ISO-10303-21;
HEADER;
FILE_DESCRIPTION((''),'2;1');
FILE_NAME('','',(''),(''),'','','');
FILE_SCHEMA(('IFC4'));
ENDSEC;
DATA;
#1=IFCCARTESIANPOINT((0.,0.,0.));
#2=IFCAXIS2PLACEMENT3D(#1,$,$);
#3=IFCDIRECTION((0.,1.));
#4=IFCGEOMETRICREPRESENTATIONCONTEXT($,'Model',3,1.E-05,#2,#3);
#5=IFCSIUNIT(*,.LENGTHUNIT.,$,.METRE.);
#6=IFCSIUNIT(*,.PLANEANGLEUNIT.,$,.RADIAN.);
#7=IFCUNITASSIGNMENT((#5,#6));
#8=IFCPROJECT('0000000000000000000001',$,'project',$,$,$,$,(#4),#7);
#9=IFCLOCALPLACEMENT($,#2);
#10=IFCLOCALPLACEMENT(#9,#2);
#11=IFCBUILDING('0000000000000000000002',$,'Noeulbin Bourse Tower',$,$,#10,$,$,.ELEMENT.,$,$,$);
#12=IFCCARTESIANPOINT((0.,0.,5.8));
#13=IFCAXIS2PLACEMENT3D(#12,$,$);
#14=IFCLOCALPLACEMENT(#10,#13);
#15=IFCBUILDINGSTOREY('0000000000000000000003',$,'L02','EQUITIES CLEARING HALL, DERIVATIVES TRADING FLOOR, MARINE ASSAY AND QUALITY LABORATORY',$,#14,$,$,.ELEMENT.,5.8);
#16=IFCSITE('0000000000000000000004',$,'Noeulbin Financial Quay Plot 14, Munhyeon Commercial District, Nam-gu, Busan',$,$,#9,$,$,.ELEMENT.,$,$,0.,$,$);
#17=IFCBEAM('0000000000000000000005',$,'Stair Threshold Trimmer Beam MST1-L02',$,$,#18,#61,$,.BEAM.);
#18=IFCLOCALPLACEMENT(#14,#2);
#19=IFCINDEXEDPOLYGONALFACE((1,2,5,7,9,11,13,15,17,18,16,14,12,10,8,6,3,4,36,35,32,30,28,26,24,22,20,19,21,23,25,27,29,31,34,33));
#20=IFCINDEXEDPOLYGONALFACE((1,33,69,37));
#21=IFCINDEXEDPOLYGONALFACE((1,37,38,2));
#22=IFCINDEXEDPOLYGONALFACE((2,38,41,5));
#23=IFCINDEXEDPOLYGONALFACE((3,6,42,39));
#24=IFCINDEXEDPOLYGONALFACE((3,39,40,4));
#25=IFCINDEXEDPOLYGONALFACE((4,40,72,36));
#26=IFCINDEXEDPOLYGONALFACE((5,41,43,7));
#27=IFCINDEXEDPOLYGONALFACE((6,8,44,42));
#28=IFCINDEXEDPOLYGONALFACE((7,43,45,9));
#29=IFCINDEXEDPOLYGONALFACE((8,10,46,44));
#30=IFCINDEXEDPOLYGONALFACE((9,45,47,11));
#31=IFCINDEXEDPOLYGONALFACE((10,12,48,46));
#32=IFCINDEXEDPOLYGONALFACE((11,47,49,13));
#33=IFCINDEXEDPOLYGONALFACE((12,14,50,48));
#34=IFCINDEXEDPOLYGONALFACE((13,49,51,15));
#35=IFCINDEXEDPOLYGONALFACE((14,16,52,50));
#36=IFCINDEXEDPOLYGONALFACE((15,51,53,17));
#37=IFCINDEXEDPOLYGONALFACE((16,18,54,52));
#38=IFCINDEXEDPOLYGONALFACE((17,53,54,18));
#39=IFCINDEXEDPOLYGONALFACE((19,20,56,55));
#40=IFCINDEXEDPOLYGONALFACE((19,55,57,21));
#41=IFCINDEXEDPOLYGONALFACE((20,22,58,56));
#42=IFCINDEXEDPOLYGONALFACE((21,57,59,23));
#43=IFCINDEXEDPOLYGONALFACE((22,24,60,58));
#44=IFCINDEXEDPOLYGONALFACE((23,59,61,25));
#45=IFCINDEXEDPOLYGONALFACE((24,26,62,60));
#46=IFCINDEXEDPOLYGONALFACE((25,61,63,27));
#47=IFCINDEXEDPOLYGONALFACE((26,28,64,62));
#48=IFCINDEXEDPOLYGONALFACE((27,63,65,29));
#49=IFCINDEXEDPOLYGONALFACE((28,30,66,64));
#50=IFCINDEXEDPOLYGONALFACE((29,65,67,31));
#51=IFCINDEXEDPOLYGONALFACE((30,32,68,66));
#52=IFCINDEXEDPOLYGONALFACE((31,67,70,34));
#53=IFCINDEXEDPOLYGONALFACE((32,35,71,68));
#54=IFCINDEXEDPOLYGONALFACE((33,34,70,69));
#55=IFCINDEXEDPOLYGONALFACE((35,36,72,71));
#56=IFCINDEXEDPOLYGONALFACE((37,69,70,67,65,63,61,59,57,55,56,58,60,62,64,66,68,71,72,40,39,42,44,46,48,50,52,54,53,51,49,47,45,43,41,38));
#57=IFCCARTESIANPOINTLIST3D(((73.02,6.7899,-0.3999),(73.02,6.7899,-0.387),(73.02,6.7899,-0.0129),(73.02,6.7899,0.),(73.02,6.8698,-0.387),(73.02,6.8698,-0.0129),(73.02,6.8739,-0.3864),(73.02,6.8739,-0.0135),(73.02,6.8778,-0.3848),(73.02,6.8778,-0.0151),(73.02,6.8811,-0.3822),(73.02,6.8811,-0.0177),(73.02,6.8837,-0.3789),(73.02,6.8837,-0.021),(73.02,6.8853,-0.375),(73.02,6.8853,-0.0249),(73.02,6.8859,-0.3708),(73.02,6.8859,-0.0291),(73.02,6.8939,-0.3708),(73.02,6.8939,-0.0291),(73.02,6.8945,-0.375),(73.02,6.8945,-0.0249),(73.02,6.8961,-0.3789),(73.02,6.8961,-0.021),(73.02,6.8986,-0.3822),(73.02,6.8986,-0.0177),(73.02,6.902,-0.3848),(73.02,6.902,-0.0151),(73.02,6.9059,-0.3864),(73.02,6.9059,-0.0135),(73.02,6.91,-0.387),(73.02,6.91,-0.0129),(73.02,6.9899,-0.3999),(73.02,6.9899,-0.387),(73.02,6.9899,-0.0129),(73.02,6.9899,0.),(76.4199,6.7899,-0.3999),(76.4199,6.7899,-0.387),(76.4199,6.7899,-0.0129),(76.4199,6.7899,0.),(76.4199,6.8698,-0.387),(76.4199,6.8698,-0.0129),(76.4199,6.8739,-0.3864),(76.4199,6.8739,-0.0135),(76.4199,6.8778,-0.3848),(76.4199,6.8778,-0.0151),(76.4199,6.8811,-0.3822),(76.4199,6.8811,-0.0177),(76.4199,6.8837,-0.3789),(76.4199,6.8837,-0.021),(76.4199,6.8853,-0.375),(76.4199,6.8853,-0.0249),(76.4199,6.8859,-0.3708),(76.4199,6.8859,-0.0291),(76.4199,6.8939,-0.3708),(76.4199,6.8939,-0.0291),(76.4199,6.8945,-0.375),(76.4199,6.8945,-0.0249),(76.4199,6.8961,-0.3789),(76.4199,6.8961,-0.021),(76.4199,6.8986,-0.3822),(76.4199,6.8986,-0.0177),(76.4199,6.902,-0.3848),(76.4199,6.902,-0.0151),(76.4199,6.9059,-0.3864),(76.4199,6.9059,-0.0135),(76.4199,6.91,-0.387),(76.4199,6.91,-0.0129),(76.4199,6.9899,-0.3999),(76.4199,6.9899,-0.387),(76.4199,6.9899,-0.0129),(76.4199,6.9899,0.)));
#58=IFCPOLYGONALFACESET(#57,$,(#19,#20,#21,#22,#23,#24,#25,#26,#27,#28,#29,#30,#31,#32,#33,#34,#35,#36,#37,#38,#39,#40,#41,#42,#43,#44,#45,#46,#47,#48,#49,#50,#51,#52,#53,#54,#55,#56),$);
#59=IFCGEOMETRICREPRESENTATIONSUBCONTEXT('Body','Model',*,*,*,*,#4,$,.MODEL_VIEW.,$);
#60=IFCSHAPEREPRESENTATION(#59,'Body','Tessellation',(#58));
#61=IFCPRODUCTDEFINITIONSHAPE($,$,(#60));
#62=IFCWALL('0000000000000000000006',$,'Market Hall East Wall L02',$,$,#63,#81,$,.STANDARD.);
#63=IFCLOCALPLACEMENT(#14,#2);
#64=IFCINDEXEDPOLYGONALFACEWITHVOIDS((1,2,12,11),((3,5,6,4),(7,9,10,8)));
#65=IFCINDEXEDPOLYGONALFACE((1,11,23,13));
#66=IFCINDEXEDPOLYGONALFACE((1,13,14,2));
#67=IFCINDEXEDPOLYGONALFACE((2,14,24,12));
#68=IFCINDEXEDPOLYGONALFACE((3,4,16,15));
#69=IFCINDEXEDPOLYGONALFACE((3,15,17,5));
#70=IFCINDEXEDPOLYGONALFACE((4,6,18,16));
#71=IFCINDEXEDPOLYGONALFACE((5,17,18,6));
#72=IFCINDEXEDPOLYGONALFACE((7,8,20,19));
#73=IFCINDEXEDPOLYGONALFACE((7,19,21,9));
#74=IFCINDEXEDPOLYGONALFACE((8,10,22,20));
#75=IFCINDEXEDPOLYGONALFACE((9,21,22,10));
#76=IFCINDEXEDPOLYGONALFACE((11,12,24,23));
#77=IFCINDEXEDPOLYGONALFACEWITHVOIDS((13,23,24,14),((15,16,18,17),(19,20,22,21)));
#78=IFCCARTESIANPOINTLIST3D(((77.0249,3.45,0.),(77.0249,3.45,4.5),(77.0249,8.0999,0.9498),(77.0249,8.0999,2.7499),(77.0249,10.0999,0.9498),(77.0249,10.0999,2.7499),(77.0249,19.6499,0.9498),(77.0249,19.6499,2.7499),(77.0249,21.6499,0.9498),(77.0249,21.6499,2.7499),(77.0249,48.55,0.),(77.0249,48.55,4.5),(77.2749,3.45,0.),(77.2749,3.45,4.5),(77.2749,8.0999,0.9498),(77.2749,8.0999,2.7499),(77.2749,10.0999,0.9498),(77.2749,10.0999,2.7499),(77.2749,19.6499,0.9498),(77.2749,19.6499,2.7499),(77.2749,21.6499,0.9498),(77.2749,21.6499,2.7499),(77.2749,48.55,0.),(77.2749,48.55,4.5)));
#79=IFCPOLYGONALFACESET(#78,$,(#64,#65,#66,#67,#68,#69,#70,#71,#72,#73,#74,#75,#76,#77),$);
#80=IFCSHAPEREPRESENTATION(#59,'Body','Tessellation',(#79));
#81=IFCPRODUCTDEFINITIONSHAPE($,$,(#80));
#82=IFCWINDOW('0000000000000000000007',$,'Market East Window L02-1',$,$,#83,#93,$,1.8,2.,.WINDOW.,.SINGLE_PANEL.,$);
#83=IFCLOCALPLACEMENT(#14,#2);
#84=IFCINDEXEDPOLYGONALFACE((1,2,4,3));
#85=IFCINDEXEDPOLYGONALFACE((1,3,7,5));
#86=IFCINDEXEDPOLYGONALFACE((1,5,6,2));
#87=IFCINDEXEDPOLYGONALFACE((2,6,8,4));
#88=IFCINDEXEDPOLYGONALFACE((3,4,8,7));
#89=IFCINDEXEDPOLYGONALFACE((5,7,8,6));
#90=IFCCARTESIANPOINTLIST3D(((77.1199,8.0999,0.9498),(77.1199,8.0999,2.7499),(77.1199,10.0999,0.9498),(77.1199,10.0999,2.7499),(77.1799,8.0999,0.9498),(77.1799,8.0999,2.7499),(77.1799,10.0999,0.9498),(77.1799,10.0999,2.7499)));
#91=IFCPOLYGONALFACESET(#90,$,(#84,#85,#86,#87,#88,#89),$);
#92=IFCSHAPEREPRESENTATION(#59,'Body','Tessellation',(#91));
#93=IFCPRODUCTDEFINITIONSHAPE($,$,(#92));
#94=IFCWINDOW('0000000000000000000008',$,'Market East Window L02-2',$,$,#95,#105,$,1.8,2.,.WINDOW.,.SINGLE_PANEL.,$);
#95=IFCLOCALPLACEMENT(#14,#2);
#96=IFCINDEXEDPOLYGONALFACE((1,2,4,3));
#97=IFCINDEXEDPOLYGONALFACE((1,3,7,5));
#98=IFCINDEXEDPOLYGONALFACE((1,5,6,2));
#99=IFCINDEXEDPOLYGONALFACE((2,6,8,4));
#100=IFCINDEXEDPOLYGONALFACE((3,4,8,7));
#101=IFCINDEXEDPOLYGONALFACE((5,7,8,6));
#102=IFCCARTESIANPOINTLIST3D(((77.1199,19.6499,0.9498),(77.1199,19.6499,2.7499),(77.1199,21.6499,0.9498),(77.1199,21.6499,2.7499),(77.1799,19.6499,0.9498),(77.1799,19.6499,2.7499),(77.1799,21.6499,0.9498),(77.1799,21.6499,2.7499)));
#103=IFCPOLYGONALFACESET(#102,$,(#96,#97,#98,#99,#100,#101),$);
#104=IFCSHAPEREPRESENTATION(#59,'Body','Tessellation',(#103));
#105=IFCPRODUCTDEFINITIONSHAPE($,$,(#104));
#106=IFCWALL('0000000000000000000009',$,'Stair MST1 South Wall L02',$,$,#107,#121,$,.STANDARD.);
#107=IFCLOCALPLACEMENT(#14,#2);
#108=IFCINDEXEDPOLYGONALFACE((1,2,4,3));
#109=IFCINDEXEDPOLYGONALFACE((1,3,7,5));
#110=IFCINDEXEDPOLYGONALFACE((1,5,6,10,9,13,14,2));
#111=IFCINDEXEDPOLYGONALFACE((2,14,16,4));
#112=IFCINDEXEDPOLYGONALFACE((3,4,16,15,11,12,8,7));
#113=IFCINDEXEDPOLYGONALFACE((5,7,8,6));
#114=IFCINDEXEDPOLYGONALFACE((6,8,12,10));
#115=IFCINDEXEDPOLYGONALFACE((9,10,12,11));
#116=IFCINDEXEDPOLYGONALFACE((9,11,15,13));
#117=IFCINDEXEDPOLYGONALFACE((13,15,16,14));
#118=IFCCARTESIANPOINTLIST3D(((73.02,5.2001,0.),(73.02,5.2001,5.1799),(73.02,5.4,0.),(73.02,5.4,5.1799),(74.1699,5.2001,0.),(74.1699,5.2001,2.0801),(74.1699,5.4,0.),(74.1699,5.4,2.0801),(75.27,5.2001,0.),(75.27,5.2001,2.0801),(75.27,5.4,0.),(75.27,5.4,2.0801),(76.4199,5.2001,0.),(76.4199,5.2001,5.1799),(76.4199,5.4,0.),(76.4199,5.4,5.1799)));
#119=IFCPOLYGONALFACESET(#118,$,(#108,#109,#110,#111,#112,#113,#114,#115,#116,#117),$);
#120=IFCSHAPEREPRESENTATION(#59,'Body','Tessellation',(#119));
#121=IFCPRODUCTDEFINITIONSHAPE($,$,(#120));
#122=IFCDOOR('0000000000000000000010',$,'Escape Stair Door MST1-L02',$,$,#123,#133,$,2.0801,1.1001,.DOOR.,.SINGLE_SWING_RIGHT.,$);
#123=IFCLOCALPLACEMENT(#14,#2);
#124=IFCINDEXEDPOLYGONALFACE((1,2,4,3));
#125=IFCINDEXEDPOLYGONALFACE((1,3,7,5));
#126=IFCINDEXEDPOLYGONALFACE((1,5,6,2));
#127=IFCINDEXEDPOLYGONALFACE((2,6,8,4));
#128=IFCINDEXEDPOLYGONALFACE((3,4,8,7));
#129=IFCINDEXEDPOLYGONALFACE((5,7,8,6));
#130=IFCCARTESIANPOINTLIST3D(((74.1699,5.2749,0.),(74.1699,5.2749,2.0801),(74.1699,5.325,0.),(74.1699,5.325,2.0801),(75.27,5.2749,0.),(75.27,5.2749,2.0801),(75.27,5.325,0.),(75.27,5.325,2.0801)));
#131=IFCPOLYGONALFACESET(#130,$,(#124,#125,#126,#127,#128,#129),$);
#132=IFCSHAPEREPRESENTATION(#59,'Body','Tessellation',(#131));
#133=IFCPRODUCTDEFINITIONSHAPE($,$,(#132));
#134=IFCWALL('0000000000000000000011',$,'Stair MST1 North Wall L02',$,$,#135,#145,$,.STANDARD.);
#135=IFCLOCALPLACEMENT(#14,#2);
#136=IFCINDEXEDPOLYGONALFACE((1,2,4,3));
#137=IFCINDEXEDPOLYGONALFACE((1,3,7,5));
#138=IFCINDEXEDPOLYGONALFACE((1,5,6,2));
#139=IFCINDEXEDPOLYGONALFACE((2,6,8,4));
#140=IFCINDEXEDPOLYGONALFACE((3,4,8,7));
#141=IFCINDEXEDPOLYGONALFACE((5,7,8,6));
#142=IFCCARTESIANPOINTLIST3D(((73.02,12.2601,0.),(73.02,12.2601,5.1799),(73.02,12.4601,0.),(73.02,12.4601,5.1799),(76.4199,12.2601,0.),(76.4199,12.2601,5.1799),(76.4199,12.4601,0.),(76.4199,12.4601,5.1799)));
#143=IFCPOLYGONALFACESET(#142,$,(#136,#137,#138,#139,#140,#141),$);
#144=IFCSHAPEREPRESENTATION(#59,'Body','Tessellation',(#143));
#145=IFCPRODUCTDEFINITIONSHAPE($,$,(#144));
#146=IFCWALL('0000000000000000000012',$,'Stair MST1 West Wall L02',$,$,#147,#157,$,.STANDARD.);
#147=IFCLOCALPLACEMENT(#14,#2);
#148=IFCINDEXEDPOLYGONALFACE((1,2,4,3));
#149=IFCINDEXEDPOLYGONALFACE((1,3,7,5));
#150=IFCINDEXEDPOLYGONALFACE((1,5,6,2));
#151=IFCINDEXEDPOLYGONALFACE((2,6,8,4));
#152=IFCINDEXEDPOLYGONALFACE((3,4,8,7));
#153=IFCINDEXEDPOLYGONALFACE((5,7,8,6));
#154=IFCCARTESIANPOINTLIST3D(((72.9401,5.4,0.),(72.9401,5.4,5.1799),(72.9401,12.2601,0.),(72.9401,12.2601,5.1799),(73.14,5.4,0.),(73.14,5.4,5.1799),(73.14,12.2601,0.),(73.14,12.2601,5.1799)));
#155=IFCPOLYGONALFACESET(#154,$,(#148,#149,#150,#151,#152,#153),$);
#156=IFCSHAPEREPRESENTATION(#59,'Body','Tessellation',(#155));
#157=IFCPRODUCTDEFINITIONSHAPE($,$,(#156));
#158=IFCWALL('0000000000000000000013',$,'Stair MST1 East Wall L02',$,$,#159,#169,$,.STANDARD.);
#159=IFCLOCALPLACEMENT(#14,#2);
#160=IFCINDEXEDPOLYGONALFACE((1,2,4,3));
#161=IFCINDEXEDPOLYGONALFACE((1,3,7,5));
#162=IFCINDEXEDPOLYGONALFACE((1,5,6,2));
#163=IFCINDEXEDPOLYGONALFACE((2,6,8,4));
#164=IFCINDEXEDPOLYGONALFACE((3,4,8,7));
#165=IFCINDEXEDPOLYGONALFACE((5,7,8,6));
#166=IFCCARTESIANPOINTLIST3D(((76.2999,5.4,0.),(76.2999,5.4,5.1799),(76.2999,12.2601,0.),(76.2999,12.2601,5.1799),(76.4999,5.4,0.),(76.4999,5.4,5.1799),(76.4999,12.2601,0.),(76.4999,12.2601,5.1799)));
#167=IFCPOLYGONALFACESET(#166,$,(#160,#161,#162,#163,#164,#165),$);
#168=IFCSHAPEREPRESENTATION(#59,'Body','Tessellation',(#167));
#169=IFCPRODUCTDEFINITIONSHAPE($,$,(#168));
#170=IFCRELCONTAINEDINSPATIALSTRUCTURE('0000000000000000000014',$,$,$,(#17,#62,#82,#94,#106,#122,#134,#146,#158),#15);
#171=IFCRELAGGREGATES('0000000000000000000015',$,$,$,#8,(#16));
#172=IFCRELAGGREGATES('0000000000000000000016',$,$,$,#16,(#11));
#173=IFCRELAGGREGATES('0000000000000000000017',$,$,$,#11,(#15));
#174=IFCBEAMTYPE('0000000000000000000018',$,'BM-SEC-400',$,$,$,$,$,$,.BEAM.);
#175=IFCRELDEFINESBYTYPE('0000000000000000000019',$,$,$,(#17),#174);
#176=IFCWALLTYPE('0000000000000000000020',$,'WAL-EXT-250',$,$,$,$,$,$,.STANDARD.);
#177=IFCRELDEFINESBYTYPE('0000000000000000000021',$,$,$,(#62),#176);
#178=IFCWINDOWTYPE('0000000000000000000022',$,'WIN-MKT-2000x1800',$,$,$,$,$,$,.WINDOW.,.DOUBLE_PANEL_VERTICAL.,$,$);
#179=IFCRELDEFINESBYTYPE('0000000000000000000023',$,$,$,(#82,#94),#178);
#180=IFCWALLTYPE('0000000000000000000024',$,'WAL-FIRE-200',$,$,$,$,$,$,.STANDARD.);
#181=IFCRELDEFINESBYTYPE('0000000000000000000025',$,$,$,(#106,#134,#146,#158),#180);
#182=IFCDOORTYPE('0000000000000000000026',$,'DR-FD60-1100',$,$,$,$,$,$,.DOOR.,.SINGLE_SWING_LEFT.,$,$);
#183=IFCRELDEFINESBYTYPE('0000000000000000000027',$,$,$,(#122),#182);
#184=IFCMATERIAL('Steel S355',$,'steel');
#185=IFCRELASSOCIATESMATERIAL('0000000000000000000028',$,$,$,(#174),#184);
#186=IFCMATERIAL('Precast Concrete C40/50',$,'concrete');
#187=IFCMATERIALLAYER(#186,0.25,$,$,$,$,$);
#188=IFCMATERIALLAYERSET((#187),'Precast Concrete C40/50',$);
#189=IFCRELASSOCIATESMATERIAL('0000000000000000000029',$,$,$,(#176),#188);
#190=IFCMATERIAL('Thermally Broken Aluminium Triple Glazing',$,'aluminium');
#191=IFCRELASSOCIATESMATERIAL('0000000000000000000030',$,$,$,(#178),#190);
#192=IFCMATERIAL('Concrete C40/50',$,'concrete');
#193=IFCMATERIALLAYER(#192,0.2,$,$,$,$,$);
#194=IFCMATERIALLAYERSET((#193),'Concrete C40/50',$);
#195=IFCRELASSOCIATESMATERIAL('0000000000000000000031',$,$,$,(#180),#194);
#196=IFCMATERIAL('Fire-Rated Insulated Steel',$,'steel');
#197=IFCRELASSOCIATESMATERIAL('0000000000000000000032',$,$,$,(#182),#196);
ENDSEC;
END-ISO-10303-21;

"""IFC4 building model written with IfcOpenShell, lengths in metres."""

from ifc_helpers import new_model, si_unit, direction, frame, frame_2d, origin, origin_2d, place, context, subcontext, project, spatial, rectangle, i_section, extrude, material, layer, layer_set, material_profile, profile_set, type_object, element, fill, save


model = new_model("IFC4")

# Units and contexts
model_context = context("Model", 3, precision=1e-05, world=origin(), true_north=direction((0.0, 1.0)))
body_context = subcontext(model_context, "Body", "Model", "MODEL_VIEW")
ifc_project = project(units=[si_unit("LENGTHUNIT", "METRE"), si_unit("PLANEANGLEUNIT", "RADIAN")], contexts=[model_context])

# Site, building, storey
site_placement = place(None, origin())
site = spatial("IfcSite", under=ifc_project, at=site_placement, Name="Noeulbin Financial Quay Plot 14, Munhyeon Commercial District, Nam-gu, Busan", CompositionType="ELEMENT", RefElevation=0.0)
building_placement = place(site_placement, origin())
building = spatial("IfcBuilding", under=site, at=building_placement, Name="Noeulbin Bourse Tower", CompositionType="ELEMENT")
storey_placement = place(building_placement, frame((0.0, 0.0, 5.8)))
storey = spatial("IfcBuildingStorey", under=building, at=storey_placement, Name="L02", Description="EQUITIES CLEARING HALL, DERIVATIVES TRADING FLOOR, MARINE ASSAY AND QUALITY LABORATORY", CompositionType="ELEMENT", Elevation=5.8)

# Shared definitions
ifc_material_1 = material(Name="Steel S355", Category="steel")

# Beam
ifc_material_profile_1 = material_profile(ifc_material_1, i_section(OverallWidth=0.2, OverallDepth=0.3999, WebThickness=0.0081, FlangeThickness=0.0129, FilletRadius=0.0161, at=origin_2d()), Name="H-400x200x8x13", Category="LoadBearing")
ifc_profile_set_1 = profile_set([ifc_material_profile_1], Name="Steel S355")
beam_type_1 = type_object("IfcBeamType", Name="BM-SEC-400", PredefinedType="BEAM", material=ifc_profile_set_1)
beam_1_placement = place(storey_placement, frame((73.02, 6.8899, -0.2), z_axis=(1.0, 0.0, 0.0), x_axis=(0.0, 1.0, 0.0)))
element("IfcBeam", 1, at=beam_1_placement, inside=storey, type_object=beam_type_1, Name="Stair Threshold Trimmer Beam MST1-L02", PredefinedType="BEAM", context=body_context, shape_type="SweptSolid", body=[
    extrude(i_section(OverallWidth=0.2, OverallDepth=0.3999, WebThickness=0.0081, FlangeThickness=0.0129, FilletRadius=0.0161, at=origin_2d()), origin(), (0.0, 0.0, 1.0), 3.3999),
])

# Wall, openings, windows
ifc_material_2 = material(Name="Precast Concrete C40/50", Category="concrete")
ifc_layer_1 = layer(ifc_material_2, 0.25)
ifc_layer_set_1 = layer_set([ifc_layer_1], Name="Precast Concrete C40/50")
wall_type_1 = type_object("IfcWallType", Name="WAL-EXT-250", PredefinedType="STANDARD", material=ifc_layer_set_1)
wall_1_placement = place(storey_placement, frame((77.1499, 3.45, 0.0), z_axis=(0.0, 0.0, 1.0), x_axis=(0.0, 1.0, 0.0)))
wall_1 = element("IfcWall", 2, at=wall_1_placement, inside=storey, type_object=wall_type_1, Name="Market Hall East Wall L02", PredefinedType="STANDARD", context=body_context, shape_type="SweptSolid", body=[
    extrude(rectangle(XDim=45.1001, YDim=0.25, at=frame_2d((22.55, 0.0))), origin(), (0.0, 0.0, 1.0), 4.5),
])
opening_1_placement = place(wall_1_placement, frame((4.6499, 0.0, 0.95)))
opening_1 = element("IfcOpeningElement", 3, at=opening_1_placement, cuts=wall_1, PredefinedType="OPENING", context=body_context, shape_type="SweptSolid", body=[
    extrude(rectangle(XDim=2.0, YDim=1.8, at=frame_2d((1.0, 0.8999))), frame((0.0, 0.135, 0.0), z_axis=(0.0, -1.0, 0.0), x_axis=(1.0, 0.0, 0.0)), (0.0, 0.0, 1.0), 0.27),
])
opening_2_placement = place(wall_1_placement, frame((16.2, 0.0, 0.95)))
opening_2 = element("IfcOpeningElement", 4, at=opening_2_placement, cuts=wall_1, PredefinedType="OPENING", context=body_context, shape_type="SweptSolid", body=[
    extrude(rectangle(XDim=2.0, YDim=1.8, at=frame_2d((1.0, 0.8999))), frame((0.0, 0.135, 0.0), z_axis=(0.0, -1.0, 0.0), x_axis=(1.0, 0.0, 0.0)), (0.0, 0.0, 1.0), 0.27),
])
ifc_material_3 = material(Name="Thermally Broken Aluminium Triple Glazing", Category="aluminium")
window_type = type_object("IfcWindowType", Name="WIN-MKT-2000x1800", PartitioningType="DOUBLE_PANEL_VERTICAL", PredefinedType="WINDOW", material=ifc_material_3)
window_1_placement = place(opening_1_placement, origin())
window_1 = element("IfcWindow", 5, at=window_1_placement, inside=storey, type_object=window_type, Name="Market East Window L02-1", OverallHeight=1.8, OverallWidth=2.0, PartitioningType="SINGLE_PANEL", PredefinedType="WINDOW", context=body_context, shape_type="SweptSolid", body=[
    extrude(rectangle(XDim=2.0, YDim=1.8, at=frame_2d((1.0, 0.8999))), frame((0.0, 0.03, 0.0), z_axis=(0.0, -1.0, 0.0), x_axis=(1.0, 0.0, 0.0)), (0.0, 0.0, 1.0), 0.0601),
])
fill(opening_1, window_1)
window_2_placement = place(opening_2_placement, origin())
window_2 = element("IfcWindow", 6, at=window_2_placement, inside=storey, type_object=window_type, Name="Market East Window L02-2", OverallHeight=1.8, OverallWidth=2.0, PartitioningType="SINGLE_PANEL", PredefinedType="WINDOW", context=body_context, shape_type="SweptSolid", body=[
    extrude(rectangle(XDim=2.0, YDim=1.8, at=frame_2d((1.0, 0.8999))), frame((0.0, 0.03, 0.0), z_axis=(0.0, -1.0, 0.0), x_axis=(1.0, 0.0, 0.0)), (0.0, 0.0, 1.0), 0.0601),
])
fill(opening_2, window_2)

# Wall, opening, door
ifc_material_4 = material(Name="Concrete C40/50", Category="concrete")
ifc_layer_2 = layer(ifc_material_4, 0.2)
ifc_layer_set_2 = layer_set([ifc_layer_2], Name="Concrete C40/50")
wall_type_2 = type_object("IfcWallType", Name="WAL-FIRE-200", PredefinedType="STANDARD", material=ifc_layer_set_2)
wall_2_placement = place(storey_placement, frame((73.02, 5.3, 0.0), z_axis=(0.0, 0.0, 1.0), x_axis=(1.0, 0.0, 0.0)))
wall_2 = element("IfcWall", 7, at=wall_2_placement, inside=storey, type_object=wall_type_2, Name="Stair MST1 South Wall L02", PredefinedType="STANDARD", context=body_context, shape_type="SweptSolid", body=[
    extrude(rectangle(XDim=3.3999, YDim=0.2, at=frame_2d((1.7, 0.0))), origin(), (0.0, 0.0, 1.0), 5.1799),
])
opening_3_placement = place(wall_2_placement, frame((1.1499, 0.0, 0.0)))
opening_3 = element("IfcOpeningElement", 8, at=opening_3_placement, cuts=wall_2, PredefinedType="OPENING", context=body_context, shape_type="SweptSolid", body=[
    extrude(rectangle(XDim=1.1001, YDim=2.0801, at=frame_2d((0.55, 1.04))), frame((0.0, 0.1099, 0.0), z_axis=(0.0, -1.0, 0.0), x_axis=(1.0, 0.0, 0.0)), (0.0, 0.0, 1.0), 0.22),
])
ifc_material_5 = material(Name="Fire-Rated Insulated Steel", Category="steel")
door_type = type_object("IfcDoorType", Name="DR-FD60-1100", OperationType="SINGLE_SWING_LEFT", PredefinedType="DOOR", material=ifc_material_5)
door_placement = place(opening_3_placement, origin())
door = element("IfcDoor", 9, at=door_placement, inside=storey, type_object=door_type, Name="Escape Stair Door MST1-L02", OperationType="SINGLE_SWING_RIGHT", OverallHeight=2.0801, OverallWidth=1.1001, PredefinedType="DOOR", context=body_context, shape_type="SweptSolid", body=[
    extrude(rectangle(XDim=1.1001, YDim=2.0801, at=frame_2d((0.55, 1.04))), frame((0.0, 0.0249, 0.0), z_axis=(0.0, -1.0, 0.0), x_axis=(1.0, 0.0, 0.0)), (0.0, 0.0, 1.0), 0.05),
])
fill(opening_3, door)

# Walls
wall_3_placement = place(storey_placement, frame((73.02, 12.3601, 0.0), z_axis=(0.0, 0.0, 1.0), x_axis=(1.0, 0.0, 0.0)))
element("IfcWall", 10, at=wall_3_placement, inside=storey, type_object=wall_type_2, Name="Stair MST1 North Wall L02", PredefinedType="STANDARD", context=body_context, shape_type="SweptSolid", body=[
    extrude(rectangle(XDim=3.3999, YDim=0.2, at=frame_2d((1.7, 0.0))), origin(), (0.0, 0.0, 1.0), 5.1799),
])
for number, where, z_axis, x_axis, name in (
    (11, (73.04, 5.3999, 0.0), (0.0, 0.0, 1.0), (0.0, 1.0, 0.0), "Stair MST1 West Wall L02"),
    (12, (76.3999, 5.3999, 0.0), (0.0, 0.0, 1.0), (0.0, 1.0, 0.0), "Stair MST1 East Wall L02"),
):
    element("IfcWall", number, at=place(storey_placement, frame(where, z_axis=z_axis, x_axis=x_axis)), inside=storey, type_object=wall_type_2, Name=name, PredefinedType="STANDARD", context=body_context, shape_type="SweptSolid", body=[
        extrude(rectangle(XDim=6.8601, YDim=0.2, at=frame_2d((3.4302, 0.0))), origin(), (0.0, 0.0, 1.0), 5.1799),
    ])

save(model, "model.ifc")
